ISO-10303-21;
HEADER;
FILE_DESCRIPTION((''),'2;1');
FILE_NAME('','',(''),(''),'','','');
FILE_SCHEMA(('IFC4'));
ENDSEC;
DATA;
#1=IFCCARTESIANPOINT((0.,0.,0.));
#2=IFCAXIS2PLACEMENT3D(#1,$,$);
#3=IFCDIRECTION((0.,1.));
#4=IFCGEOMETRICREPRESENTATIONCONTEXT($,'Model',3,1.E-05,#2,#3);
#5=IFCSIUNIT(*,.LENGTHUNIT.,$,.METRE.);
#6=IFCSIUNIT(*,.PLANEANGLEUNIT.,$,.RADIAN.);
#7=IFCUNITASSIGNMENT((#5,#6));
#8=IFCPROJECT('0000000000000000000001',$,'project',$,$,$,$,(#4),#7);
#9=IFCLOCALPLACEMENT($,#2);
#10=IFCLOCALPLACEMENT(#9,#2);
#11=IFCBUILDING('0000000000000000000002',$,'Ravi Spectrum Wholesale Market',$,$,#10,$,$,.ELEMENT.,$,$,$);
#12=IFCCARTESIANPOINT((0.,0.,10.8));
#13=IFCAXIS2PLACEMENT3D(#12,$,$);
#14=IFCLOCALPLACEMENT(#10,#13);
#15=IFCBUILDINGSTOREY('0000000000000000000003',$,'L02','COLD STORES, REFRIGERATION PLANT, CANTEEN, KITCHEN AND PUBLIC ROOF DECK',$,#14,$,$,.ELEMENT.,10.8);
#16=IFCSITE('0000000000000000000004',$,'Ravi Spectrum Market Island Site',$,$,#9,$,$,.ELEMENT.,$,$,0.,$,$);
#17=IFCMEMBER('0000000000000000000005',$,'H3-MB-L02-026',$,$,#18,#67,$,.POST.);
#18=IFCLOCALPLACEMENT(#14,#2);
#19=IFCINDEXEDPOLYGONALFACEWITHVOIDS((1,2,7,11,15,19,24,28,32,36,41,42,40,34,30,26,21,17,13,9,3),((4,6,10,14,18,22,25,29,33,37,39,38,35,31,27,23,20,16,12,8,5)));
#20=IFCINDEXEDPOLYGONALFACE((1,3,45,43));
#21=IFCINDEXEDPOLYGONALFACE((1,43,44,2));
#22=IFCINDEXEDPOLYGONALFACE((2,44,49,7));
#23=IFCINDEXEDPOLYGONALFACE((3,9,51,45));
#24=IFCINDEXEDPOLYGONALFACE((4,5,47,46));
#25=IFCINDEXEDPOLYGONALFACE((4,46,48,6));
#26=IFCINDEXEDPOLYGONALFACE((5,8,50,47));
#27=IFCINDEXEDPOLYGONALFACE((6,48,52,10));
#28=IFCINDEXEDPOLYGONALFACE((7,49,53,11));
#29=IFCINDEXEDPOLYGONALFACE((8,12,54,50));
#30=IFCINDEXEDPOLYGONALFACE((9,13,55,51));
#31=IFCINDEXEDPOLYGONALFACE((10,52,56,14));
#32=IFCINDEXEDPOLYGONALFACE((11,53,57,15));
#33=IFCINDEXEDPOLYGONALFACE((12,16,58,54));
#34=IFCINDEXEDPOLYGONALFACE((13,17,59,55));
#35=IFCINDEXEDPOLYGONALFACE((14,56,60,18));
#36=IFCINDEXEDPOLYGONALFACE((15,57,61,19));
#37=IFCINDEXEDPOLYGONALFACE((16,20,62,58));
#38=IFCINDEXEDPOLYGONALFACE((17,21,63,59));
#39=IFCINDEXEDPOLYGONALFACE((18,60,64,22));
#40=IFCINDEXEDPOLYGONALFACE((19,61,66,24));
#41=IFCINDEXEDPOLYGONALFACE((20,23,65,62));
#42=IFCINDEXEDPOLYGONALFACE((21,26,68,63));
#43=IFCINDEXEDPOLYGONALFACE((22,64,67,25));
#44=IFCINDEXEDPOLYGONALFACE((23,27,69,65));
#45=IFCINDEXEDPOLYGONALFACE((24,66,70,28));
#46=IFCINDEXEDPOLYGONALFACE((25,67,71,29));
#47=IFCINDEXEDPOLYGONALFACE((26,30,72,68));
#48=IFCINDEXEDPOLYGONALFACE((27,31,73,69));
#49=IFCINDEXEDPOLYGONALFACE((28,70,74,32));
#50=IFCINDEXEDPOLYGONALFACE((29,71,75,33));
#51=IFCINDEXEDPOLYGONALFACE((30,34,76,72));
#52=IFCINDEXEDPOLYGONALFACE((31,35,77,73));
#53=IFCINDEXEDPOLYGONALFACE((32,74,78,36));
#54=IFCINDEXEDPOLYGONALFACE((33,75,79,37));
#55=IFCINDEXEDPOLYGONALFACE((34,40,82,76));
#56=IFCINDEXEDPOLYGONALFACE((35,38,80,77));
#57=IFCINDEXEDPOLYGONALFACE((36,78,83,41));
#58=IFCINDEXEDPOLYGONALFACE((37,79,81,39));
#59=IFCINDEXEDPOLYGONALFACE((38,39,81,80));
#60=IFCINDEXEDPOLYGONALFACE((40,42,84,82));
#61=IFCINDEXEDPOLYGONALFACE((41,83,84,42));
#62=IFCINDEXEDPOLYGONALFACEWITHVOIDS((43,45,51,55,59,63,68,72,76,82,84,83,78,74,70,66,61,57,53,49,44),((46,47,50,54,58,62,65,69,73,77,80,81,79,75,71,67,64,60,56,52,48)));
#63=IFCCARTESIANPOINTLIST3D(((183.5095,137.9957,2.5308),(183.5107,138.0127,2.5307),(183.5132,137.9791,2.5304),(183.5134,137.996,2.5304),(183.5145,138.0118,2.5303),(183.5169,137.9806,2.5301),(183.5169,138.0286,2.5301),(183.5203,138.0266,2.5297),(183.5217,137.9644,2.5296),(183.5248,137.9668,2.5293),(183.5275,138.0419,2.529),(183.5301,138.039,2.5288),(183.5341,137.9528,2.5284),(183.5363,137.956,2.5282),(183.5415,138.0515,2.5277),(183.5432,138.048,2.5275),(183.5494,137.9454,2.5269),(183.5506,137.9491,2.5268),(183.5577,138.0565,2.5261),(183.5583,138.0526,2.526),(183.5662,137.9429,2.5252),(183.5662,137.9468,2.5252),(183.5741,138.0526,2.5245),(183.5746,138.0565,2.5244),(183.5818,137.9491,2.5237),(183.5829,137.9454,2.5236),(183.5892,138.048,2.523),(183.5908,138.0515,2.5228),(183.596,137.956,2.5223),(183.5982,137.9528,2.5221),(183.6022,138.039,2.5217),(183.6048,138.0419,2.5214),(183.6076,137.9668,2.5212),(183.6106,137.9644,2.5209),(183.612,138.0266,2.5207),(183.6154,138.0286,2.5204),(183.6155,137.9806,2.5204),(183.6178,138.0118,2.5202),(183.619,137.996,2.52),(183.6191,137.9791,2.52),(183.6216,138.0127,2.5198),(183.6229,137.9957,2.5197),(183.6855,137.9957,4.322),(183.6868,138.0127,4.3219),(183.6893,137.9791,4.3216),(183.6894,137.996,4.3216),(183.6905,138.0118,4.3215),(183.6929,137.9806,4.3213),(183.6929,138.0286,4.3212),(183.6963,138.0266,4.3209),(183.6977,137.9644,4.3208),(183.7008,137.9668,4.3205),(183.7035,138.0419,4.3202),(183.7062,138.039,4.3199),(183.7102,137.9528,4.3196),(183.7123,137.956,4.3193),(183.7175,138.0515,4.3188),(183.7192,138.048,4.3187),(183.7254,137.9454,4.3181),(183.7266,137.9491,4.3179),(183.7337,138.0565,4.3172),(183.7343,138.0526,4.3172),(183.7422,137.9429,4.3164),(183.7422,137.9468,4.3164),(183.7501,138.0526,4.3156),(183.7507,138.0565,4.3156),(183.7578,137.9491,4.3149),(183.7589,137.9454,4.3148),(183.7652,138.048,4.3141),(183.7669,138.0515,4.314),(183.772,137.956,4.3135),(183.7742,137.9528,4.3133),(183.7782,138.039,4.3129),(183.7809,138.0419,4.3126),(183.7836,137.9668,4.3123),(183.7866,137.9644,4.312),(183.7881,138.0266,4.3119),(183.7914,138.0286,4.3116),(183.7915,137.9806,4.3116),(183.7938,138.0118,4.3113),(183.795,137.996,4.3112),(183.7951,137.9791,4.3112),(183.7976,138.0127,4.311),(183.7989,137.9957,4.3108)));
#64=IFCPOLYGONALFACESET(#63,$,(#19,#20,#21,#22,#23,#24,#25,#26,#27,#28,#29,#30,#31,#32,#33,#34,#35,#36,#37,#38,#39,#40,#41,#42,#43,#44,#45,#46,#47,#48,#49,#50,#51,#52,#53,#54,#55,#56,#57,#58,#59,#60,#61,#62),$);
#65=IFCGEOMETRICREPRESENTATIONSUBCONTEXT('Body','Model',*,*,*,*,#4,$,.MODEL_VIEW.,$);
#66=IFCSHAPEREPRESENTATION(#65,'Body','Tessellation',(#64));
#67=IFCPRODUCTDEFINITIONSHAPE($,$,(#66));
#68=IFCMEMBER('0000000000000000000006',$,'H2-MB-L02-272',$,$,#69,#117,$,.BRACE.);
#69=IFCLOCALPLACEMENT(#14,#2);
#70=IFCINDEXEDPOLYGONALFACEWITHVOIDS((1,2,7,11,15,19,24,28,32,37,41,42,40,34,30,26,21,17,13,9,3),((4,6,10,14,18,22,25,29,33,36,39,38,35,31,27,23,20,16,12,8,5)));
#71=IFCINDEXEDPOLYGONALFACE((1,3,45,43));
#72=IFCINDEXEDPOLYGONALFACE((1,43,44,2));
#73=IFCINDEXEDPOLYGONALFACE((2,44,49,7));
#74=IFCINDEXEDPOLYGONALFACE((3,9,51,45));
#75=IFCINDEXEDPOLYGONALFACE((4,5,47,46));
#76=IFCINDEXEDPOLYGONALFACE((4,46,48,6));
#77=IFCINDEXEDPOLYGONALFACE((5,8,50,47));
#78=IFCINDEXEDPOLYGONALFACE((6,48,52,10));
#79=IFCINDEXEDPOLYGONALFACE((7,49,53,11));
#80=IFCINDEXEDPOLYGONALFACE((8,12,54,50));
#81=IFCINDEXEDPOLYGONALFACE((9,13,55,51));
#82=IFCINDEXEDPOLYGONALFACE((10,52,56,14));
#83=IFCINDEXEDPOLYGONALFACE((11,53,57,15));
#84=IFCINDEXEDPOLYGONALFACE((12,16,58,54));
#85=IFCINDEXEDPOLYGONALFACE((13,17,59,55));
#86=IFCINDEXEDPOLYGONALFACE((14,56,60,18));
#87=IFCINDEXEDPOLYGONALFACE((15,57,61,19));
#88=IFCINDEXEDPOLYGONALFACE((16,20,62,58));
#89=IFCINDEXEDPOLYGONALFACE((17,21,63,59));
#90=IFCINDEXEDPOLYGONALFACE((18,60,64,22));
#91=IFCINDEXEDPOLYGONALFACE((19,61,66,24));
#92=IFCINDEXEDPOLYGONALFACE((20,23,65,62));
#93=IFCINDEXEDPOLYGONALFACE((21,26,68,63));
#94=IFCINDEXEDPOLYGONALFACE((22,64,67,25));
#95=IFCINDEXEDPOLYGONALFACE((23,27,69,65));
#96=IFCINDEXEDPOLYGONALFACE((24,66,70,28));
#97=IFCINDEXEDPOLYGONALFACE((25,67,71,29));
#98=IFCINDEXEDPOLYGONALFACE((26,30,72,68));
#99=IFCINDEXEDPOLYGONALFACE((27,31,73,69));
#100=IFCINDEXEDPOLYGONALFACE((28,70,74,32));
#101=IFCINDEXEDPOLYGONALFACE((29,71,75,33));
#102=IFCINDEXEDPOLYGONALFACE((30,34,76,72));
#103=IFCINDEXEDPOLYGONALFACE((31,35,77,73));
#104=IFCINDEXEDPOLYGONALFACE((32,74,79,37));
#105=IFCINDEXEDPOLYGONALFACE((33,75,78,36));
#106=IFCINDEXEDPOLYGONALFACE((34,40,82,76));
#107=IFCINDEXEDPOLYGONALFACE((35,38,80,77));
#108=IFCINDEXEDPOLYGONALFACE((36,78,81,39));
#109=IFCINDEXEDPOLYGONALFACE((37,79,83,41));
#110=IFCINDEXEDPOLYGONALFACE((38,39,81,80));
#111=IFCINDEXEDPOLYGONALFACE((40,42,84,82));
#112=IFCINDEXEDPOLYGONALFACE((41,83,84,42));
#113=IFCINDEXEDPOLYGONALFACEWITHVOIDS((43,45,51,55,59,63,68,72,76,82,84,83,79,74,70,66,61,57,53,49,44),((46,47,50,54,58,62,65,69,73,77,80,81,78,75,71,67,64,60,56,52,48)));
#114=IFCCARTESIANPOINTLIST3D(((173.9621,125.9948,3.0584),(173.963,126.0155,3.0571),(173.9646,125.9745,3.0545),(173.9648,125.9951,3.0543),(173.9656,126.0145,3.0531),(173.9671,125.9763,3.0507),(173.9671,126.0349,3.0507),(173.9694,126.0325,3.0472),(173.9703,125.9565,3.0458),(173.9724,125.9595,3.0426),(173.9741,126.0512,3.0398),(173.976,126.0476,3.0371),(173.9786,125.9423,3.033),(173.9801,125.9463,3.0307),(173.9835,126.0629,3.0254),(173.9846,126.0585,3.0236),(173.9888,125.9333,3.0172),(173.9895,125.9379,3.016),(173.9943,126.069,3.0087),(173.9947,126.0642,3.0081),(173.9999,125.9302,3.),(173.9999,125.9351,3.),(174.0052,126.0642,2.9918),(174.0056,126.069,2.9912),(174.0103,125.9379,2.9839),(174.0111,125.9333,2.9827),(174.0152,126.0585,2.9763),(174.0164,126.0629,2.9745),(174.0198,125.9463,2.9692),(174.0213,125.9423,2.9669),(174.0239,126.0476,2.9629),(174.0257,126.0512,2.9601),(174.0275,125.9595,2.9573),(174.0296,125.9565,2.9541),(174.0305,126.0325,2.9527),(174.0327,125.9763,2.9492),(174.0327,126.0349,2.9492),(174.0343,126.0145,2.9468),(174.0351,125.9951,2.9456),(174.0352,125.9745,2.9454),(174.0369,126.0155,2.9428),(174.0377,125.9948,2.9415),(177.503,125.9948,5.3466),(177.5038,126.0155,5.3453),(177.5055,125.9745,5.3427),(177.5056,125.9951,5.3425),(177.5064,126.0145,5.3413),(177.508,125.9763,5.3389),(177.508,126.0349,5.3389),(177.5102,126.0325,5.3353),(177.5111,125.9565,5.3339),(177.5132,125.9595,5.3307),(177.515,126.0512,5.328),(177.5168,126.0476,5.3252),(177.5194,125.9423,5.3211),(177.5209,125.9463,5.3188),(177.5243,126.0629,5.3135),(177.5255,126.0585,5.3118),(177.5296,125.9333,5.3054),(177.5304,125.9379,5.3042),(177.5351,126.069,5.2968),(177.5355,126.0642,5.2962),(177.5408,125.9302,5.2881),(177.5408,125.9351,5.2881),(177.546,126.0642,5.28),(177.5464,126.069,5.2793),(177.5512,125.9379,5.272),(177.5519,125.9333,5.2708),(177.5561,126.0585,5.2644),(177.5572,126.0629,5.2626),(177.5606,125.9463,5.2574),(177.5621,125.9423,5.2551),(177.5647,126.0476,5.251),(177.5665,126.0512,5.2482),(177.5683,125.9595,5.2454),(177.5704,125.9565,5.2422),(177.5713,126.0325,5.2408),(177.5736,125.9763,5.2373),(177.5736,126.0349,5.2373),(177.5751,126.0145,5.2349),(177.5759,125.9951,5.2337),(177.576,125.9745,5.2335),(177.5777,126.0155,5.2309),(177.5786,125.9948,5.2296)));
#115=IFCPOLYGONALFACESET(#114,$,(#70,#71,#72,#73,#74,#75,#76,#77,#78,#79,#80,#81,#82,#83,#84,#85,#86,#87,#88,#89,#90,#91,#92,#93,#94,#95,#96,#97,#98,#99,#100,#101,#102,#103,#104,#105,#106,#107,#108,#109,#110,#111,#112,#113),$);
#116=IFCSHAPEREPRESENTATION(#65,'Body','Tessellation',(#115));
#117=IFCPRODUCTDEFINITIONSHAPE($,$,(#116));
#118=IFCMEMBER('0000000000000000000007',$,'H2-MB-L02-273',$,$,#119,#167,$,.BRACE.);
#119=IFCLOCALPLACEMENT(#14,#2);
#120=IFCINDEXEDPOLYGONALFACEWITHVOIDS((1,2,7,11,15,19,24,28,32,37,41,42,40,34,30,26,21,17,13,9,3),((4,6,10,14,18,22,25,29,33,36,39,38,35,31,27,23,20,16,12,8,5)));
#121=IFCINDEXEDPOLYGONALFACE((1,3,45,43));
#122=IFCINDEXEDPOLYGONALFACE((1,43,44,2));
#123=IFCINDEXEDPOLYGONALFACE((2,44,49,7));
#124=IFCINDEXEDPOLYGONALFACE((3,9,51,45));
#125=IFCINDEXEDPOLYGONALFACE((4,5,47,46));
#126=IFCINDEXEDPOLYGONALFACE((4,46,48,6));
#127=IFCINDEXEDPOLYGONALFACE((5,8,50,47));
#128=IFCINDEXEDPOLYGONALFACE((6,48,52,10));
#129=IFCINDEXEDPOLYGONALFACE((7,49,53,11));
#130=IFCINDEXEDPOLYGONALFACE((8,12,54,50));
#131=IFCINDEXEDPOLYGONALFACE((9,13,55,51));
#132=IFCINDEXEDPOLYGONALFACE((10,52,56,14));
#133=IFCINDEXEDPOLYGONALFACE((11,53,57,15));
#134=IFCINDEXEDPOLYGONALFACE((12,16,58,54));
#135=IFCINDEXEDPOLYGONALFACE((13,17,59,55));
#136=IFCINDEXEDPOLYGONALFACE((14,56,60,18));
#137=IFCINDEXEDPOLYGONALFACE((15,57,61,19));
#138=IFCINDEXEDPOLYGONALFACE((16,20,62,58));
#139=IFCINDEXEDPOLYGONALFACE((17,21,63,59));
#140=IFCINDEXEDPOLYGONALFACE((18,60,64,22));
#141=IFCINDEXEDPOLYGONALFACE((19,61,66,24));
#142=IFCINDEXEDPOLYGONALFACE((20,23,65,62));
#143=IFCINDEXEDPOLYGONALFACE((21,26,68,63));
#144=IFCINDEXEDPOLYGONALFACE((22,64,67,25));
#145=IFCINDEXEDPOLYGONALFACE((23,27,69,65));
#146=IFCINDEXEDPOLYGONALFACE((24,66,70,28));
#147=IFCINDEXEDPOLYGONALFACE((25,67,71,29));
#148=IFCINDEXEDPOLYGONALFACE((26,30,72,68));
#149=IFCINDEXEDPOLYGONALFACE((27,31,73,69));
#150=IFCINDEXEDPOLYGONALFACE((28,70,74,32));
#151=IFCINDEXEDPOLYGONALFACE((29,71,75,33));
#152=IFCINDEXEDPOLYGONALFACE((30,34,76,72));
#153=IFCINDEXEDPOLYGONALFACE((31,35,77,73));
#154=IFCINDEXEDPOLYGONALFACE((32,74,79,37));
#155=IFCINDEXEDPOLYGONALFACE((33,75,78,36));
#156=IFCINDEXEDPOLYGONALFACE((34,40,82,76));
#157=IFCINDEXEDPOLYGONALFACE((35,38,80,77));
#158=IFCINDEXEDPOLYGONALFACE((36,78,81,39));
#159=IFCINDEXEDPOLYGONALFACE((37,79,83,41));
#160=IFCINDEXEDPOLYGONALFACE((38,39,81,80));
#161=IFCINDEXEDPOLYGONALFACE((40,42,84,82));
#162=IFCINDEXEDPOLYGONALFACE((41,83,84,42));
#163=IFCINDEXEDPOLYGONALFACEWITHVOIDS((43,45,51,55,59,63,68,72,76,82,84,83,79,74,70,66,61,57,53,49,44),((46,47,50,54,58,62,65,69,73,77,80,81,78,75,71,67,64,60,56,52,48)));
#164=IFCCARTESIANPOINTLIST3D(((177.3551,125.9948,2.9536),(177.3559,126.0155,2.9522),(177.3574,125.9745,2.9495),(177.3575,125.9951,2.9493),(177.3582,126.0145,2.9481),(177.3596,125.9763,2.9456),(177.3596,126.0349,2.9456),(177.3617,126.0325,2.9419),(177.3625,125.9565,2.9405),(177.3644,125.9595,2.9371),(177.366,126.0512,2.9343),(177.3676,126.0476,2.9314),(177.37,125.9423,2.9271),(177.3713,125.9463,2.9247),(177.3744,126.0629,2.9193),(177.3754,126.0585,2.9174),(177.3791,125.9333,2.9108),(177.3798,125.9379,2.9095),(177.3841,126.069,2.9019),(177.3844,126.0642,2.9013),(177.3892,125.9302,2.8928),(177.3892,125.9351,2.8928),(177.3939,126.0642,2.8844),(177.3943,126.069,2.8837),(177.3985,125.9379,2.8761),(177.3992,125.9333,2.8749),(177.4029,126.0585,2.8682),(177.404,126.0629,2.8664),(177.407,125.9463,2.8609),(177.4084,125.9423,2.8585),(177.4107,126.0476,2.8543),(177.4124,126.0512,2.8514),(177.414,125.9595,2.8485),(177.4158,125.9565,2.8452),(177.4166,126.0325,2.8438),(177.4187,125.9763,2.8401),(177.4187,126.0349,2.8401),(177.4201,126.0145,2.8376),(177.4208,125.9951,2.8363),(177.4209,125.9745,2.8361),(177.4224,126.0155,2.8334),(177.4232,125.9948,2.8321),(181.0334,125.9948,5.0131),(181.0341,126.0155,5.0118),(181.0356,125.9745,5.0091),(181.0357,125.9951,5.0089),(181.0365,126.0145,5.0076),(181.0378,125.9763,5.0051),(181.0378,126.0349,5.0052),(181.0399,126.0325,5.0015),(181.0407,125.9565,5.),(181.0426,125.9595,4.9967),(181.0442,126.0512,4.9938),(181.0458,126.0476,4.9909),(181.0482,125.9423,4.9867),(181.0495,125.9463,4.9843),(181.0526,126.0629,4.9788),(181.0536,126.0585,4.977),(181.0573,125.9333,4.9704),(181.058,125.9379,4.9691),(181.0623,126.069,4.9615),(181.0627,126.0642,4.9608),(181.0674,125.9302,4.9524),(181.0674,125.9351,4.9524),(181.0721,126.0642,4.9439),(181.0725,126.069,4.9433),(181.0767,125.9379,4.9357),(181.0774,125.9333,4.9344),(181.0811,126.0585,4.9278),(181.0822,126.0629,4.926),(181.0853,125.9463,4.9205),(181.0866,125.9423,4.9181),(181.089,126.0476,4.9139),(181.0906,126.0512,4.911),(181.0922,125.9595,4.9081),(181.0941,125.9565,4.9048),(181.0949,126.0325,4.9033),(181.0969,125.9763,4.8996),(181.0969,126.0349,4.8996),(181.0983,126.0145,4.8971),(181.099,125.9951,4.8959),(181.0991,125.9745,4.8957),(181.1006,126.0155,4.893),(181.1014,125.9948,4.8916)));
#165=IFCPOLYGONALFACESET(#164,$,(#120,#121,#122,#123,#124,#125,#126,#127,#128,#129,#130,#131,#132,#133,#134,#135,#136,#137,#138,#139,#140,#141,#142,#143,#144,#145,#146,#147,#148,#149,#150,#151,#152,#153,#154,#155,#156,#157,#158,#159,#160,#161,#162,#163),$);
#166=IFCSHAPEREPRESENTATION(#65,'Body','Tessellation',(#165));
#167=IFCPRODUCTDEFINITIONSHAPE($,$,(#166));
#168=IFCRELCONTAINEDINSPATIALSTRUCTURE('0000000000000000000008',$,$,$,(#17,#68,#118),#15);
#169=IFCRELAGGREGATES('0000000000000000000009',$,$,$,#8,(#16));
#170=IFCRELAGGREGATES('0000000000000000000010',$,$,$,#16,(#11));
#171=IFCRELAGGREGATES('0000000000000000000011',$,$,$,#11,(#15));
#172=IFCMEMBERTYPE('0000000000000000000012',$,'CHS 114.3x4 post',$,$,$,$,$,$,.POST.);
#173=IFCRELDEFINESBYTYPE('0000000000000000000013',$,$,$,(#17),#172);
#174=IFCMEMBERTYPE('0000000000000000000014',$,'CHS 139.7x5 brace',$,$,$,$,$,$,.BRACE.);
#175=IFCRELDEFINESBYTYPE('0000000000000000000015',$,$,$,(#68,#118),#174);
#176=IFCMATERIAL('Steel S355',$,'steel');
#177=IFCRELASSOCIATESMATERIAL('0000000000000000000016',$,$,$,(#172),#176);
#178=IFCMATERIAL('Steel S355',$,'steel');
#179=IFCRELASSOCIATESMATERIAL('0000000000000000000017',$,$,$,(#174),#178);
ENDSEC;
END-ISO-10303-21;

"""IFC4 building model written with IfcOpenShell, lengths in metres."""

from ifc_helpers import new_model, si_unit, direction, frame, origin, origin_2d, place, context, subcontext, project, spatial, hollow_circle, extrude, material, material_profile, profile_set, type_object, element, save


model = new_model("IFC4")

# Units and contexts
model_context = context("Model", 3, precision=1e-05, world=origin(), true_north=direction((0.0, 1.0)))
body_context = subcontext(model_context, "Body", "Model", "MODEL_VIEW")
ifc_project = project(units=[si_unit("LENGTHUNIT", "METRE"), si_unit("PLANEANGLEUNIT", "RADIAN")], contexts=[model_context])

# Site, building, storey
site_placement = place(None, origin())
site = spatial("IfcSite", under=ifc_project, at=site_placement, Name="Ravi Spectrum Market Island Site", CompositionType="ELEMENT", RefElevation=0.0)
building_placement = place(site_placement, origin())
building = spatial("IfcBuilding", under=site, at=building_placement, Name="Ravi Spectrum Wholesale Market", CompositionType="ELEMENT")
storey_placement = place(building_placement, frame((0.0, 0.0, 10.8)))
storey = spatial("IfcBuildingStorey", under=building, at=storey_placement, Name="L02", Description="COLD STORES, REFRIGERATION PLANT, CANTEEN, KITCHEN AND PUBLIC ROOF DECK", CompositionType="ELEMENT", Elevation=10.8)

# Members
ifc_material_1 = material(Name="Steel S355", Category="steel")
ifc_material_profile_1 = material_profile(ifc_material_1, hollow_circle(Radius=0.0571, WallThickness=0.0039, at=origin_2d()))
ifc_profile_set_1 = profile_set([ifc_material_profile_1], Name="Steel S355")
member_type_1 = type_object("IfcMemberType", Name="CHS 114.3x4 post", PredefinedType="POST", material=ifc_profile_set_1)
member_1_placement = place(storey_placement, frame((183.7422, 138.0, 4.3164), z_axis=(-0.097798, 0.0, -0.995206), x_axis=(0.0, -1.0, 0.0)))
element("IfcMember", 1, at=member_1_placement, inside=storey, type_object=member_type_1, Name="H3-MB-L02-026", PredefinedType="POST", context=body_context, shape_type="SweptSolid", body=[
    extrude(hollow_circle(Radius=0.0571, WallThickness=0.0039, at=origin_2d()), origin(), (0.0, 0.0, 1.0), 1.7998),
])
ifc_material_2 = material(Name="Steel S355", Category="steel")
ifc_material_profile_2 = material_profile(ifc_material_2, hollow_circle(Radius=0.0698, WallThickness=0.0049, at=origin_2d()))
ifc_profile_set_2 = profile_set([ifc_material_profile_2], Name="Steel S355")
member_type_2 = type_object("IfcMemberType", Name="CHS 139.7x5 brace", PredefinedType="BRACE", material=ifc_profile_set_2)
member_2_placement = place(storey_placement, frame((177.5408, 126.0, 5.2881), z_axis=(-0.839895, 0.0, -0.542749), x_axis=(0.0, -1.0, 0.0)))
element("IfcMember", 2, at=member_2_placement, inside=storey, type_object=member_type_2, Name="H2-MB-L02-272", PredefinedType="BRACE", context=body_context, shape_type="SweptSolid", body=[
    extrude(hollow_circle(Radius=0.0698, WallThickness=0.0049, at=origin_2d()), origin(), (0.0, 0.0, 1.0), 4.2158),
])
member_3_placement = place(storey_placement, frame((181.0674, 126.0, 4.9524), z_axis=(-0.87253, 0.0, -0.488561), x_axis=(0.0, -1.0, 0.0)))
element("IfcMember", 3, at=member_3_placement, inside=storey, type_object=member_type_2, Name="H2-MB-L02-273", PredefinedType="BRACE", context=body_context, shape_type="SweptSolid", body=[
    extrude(hollow_circle(Radius=0.0698, WallThickness=0.0049, at=origin_2d()), origin(), (0.0, 0.0, 1.0), 4.2156),
])

save(model, "model.ifc")
